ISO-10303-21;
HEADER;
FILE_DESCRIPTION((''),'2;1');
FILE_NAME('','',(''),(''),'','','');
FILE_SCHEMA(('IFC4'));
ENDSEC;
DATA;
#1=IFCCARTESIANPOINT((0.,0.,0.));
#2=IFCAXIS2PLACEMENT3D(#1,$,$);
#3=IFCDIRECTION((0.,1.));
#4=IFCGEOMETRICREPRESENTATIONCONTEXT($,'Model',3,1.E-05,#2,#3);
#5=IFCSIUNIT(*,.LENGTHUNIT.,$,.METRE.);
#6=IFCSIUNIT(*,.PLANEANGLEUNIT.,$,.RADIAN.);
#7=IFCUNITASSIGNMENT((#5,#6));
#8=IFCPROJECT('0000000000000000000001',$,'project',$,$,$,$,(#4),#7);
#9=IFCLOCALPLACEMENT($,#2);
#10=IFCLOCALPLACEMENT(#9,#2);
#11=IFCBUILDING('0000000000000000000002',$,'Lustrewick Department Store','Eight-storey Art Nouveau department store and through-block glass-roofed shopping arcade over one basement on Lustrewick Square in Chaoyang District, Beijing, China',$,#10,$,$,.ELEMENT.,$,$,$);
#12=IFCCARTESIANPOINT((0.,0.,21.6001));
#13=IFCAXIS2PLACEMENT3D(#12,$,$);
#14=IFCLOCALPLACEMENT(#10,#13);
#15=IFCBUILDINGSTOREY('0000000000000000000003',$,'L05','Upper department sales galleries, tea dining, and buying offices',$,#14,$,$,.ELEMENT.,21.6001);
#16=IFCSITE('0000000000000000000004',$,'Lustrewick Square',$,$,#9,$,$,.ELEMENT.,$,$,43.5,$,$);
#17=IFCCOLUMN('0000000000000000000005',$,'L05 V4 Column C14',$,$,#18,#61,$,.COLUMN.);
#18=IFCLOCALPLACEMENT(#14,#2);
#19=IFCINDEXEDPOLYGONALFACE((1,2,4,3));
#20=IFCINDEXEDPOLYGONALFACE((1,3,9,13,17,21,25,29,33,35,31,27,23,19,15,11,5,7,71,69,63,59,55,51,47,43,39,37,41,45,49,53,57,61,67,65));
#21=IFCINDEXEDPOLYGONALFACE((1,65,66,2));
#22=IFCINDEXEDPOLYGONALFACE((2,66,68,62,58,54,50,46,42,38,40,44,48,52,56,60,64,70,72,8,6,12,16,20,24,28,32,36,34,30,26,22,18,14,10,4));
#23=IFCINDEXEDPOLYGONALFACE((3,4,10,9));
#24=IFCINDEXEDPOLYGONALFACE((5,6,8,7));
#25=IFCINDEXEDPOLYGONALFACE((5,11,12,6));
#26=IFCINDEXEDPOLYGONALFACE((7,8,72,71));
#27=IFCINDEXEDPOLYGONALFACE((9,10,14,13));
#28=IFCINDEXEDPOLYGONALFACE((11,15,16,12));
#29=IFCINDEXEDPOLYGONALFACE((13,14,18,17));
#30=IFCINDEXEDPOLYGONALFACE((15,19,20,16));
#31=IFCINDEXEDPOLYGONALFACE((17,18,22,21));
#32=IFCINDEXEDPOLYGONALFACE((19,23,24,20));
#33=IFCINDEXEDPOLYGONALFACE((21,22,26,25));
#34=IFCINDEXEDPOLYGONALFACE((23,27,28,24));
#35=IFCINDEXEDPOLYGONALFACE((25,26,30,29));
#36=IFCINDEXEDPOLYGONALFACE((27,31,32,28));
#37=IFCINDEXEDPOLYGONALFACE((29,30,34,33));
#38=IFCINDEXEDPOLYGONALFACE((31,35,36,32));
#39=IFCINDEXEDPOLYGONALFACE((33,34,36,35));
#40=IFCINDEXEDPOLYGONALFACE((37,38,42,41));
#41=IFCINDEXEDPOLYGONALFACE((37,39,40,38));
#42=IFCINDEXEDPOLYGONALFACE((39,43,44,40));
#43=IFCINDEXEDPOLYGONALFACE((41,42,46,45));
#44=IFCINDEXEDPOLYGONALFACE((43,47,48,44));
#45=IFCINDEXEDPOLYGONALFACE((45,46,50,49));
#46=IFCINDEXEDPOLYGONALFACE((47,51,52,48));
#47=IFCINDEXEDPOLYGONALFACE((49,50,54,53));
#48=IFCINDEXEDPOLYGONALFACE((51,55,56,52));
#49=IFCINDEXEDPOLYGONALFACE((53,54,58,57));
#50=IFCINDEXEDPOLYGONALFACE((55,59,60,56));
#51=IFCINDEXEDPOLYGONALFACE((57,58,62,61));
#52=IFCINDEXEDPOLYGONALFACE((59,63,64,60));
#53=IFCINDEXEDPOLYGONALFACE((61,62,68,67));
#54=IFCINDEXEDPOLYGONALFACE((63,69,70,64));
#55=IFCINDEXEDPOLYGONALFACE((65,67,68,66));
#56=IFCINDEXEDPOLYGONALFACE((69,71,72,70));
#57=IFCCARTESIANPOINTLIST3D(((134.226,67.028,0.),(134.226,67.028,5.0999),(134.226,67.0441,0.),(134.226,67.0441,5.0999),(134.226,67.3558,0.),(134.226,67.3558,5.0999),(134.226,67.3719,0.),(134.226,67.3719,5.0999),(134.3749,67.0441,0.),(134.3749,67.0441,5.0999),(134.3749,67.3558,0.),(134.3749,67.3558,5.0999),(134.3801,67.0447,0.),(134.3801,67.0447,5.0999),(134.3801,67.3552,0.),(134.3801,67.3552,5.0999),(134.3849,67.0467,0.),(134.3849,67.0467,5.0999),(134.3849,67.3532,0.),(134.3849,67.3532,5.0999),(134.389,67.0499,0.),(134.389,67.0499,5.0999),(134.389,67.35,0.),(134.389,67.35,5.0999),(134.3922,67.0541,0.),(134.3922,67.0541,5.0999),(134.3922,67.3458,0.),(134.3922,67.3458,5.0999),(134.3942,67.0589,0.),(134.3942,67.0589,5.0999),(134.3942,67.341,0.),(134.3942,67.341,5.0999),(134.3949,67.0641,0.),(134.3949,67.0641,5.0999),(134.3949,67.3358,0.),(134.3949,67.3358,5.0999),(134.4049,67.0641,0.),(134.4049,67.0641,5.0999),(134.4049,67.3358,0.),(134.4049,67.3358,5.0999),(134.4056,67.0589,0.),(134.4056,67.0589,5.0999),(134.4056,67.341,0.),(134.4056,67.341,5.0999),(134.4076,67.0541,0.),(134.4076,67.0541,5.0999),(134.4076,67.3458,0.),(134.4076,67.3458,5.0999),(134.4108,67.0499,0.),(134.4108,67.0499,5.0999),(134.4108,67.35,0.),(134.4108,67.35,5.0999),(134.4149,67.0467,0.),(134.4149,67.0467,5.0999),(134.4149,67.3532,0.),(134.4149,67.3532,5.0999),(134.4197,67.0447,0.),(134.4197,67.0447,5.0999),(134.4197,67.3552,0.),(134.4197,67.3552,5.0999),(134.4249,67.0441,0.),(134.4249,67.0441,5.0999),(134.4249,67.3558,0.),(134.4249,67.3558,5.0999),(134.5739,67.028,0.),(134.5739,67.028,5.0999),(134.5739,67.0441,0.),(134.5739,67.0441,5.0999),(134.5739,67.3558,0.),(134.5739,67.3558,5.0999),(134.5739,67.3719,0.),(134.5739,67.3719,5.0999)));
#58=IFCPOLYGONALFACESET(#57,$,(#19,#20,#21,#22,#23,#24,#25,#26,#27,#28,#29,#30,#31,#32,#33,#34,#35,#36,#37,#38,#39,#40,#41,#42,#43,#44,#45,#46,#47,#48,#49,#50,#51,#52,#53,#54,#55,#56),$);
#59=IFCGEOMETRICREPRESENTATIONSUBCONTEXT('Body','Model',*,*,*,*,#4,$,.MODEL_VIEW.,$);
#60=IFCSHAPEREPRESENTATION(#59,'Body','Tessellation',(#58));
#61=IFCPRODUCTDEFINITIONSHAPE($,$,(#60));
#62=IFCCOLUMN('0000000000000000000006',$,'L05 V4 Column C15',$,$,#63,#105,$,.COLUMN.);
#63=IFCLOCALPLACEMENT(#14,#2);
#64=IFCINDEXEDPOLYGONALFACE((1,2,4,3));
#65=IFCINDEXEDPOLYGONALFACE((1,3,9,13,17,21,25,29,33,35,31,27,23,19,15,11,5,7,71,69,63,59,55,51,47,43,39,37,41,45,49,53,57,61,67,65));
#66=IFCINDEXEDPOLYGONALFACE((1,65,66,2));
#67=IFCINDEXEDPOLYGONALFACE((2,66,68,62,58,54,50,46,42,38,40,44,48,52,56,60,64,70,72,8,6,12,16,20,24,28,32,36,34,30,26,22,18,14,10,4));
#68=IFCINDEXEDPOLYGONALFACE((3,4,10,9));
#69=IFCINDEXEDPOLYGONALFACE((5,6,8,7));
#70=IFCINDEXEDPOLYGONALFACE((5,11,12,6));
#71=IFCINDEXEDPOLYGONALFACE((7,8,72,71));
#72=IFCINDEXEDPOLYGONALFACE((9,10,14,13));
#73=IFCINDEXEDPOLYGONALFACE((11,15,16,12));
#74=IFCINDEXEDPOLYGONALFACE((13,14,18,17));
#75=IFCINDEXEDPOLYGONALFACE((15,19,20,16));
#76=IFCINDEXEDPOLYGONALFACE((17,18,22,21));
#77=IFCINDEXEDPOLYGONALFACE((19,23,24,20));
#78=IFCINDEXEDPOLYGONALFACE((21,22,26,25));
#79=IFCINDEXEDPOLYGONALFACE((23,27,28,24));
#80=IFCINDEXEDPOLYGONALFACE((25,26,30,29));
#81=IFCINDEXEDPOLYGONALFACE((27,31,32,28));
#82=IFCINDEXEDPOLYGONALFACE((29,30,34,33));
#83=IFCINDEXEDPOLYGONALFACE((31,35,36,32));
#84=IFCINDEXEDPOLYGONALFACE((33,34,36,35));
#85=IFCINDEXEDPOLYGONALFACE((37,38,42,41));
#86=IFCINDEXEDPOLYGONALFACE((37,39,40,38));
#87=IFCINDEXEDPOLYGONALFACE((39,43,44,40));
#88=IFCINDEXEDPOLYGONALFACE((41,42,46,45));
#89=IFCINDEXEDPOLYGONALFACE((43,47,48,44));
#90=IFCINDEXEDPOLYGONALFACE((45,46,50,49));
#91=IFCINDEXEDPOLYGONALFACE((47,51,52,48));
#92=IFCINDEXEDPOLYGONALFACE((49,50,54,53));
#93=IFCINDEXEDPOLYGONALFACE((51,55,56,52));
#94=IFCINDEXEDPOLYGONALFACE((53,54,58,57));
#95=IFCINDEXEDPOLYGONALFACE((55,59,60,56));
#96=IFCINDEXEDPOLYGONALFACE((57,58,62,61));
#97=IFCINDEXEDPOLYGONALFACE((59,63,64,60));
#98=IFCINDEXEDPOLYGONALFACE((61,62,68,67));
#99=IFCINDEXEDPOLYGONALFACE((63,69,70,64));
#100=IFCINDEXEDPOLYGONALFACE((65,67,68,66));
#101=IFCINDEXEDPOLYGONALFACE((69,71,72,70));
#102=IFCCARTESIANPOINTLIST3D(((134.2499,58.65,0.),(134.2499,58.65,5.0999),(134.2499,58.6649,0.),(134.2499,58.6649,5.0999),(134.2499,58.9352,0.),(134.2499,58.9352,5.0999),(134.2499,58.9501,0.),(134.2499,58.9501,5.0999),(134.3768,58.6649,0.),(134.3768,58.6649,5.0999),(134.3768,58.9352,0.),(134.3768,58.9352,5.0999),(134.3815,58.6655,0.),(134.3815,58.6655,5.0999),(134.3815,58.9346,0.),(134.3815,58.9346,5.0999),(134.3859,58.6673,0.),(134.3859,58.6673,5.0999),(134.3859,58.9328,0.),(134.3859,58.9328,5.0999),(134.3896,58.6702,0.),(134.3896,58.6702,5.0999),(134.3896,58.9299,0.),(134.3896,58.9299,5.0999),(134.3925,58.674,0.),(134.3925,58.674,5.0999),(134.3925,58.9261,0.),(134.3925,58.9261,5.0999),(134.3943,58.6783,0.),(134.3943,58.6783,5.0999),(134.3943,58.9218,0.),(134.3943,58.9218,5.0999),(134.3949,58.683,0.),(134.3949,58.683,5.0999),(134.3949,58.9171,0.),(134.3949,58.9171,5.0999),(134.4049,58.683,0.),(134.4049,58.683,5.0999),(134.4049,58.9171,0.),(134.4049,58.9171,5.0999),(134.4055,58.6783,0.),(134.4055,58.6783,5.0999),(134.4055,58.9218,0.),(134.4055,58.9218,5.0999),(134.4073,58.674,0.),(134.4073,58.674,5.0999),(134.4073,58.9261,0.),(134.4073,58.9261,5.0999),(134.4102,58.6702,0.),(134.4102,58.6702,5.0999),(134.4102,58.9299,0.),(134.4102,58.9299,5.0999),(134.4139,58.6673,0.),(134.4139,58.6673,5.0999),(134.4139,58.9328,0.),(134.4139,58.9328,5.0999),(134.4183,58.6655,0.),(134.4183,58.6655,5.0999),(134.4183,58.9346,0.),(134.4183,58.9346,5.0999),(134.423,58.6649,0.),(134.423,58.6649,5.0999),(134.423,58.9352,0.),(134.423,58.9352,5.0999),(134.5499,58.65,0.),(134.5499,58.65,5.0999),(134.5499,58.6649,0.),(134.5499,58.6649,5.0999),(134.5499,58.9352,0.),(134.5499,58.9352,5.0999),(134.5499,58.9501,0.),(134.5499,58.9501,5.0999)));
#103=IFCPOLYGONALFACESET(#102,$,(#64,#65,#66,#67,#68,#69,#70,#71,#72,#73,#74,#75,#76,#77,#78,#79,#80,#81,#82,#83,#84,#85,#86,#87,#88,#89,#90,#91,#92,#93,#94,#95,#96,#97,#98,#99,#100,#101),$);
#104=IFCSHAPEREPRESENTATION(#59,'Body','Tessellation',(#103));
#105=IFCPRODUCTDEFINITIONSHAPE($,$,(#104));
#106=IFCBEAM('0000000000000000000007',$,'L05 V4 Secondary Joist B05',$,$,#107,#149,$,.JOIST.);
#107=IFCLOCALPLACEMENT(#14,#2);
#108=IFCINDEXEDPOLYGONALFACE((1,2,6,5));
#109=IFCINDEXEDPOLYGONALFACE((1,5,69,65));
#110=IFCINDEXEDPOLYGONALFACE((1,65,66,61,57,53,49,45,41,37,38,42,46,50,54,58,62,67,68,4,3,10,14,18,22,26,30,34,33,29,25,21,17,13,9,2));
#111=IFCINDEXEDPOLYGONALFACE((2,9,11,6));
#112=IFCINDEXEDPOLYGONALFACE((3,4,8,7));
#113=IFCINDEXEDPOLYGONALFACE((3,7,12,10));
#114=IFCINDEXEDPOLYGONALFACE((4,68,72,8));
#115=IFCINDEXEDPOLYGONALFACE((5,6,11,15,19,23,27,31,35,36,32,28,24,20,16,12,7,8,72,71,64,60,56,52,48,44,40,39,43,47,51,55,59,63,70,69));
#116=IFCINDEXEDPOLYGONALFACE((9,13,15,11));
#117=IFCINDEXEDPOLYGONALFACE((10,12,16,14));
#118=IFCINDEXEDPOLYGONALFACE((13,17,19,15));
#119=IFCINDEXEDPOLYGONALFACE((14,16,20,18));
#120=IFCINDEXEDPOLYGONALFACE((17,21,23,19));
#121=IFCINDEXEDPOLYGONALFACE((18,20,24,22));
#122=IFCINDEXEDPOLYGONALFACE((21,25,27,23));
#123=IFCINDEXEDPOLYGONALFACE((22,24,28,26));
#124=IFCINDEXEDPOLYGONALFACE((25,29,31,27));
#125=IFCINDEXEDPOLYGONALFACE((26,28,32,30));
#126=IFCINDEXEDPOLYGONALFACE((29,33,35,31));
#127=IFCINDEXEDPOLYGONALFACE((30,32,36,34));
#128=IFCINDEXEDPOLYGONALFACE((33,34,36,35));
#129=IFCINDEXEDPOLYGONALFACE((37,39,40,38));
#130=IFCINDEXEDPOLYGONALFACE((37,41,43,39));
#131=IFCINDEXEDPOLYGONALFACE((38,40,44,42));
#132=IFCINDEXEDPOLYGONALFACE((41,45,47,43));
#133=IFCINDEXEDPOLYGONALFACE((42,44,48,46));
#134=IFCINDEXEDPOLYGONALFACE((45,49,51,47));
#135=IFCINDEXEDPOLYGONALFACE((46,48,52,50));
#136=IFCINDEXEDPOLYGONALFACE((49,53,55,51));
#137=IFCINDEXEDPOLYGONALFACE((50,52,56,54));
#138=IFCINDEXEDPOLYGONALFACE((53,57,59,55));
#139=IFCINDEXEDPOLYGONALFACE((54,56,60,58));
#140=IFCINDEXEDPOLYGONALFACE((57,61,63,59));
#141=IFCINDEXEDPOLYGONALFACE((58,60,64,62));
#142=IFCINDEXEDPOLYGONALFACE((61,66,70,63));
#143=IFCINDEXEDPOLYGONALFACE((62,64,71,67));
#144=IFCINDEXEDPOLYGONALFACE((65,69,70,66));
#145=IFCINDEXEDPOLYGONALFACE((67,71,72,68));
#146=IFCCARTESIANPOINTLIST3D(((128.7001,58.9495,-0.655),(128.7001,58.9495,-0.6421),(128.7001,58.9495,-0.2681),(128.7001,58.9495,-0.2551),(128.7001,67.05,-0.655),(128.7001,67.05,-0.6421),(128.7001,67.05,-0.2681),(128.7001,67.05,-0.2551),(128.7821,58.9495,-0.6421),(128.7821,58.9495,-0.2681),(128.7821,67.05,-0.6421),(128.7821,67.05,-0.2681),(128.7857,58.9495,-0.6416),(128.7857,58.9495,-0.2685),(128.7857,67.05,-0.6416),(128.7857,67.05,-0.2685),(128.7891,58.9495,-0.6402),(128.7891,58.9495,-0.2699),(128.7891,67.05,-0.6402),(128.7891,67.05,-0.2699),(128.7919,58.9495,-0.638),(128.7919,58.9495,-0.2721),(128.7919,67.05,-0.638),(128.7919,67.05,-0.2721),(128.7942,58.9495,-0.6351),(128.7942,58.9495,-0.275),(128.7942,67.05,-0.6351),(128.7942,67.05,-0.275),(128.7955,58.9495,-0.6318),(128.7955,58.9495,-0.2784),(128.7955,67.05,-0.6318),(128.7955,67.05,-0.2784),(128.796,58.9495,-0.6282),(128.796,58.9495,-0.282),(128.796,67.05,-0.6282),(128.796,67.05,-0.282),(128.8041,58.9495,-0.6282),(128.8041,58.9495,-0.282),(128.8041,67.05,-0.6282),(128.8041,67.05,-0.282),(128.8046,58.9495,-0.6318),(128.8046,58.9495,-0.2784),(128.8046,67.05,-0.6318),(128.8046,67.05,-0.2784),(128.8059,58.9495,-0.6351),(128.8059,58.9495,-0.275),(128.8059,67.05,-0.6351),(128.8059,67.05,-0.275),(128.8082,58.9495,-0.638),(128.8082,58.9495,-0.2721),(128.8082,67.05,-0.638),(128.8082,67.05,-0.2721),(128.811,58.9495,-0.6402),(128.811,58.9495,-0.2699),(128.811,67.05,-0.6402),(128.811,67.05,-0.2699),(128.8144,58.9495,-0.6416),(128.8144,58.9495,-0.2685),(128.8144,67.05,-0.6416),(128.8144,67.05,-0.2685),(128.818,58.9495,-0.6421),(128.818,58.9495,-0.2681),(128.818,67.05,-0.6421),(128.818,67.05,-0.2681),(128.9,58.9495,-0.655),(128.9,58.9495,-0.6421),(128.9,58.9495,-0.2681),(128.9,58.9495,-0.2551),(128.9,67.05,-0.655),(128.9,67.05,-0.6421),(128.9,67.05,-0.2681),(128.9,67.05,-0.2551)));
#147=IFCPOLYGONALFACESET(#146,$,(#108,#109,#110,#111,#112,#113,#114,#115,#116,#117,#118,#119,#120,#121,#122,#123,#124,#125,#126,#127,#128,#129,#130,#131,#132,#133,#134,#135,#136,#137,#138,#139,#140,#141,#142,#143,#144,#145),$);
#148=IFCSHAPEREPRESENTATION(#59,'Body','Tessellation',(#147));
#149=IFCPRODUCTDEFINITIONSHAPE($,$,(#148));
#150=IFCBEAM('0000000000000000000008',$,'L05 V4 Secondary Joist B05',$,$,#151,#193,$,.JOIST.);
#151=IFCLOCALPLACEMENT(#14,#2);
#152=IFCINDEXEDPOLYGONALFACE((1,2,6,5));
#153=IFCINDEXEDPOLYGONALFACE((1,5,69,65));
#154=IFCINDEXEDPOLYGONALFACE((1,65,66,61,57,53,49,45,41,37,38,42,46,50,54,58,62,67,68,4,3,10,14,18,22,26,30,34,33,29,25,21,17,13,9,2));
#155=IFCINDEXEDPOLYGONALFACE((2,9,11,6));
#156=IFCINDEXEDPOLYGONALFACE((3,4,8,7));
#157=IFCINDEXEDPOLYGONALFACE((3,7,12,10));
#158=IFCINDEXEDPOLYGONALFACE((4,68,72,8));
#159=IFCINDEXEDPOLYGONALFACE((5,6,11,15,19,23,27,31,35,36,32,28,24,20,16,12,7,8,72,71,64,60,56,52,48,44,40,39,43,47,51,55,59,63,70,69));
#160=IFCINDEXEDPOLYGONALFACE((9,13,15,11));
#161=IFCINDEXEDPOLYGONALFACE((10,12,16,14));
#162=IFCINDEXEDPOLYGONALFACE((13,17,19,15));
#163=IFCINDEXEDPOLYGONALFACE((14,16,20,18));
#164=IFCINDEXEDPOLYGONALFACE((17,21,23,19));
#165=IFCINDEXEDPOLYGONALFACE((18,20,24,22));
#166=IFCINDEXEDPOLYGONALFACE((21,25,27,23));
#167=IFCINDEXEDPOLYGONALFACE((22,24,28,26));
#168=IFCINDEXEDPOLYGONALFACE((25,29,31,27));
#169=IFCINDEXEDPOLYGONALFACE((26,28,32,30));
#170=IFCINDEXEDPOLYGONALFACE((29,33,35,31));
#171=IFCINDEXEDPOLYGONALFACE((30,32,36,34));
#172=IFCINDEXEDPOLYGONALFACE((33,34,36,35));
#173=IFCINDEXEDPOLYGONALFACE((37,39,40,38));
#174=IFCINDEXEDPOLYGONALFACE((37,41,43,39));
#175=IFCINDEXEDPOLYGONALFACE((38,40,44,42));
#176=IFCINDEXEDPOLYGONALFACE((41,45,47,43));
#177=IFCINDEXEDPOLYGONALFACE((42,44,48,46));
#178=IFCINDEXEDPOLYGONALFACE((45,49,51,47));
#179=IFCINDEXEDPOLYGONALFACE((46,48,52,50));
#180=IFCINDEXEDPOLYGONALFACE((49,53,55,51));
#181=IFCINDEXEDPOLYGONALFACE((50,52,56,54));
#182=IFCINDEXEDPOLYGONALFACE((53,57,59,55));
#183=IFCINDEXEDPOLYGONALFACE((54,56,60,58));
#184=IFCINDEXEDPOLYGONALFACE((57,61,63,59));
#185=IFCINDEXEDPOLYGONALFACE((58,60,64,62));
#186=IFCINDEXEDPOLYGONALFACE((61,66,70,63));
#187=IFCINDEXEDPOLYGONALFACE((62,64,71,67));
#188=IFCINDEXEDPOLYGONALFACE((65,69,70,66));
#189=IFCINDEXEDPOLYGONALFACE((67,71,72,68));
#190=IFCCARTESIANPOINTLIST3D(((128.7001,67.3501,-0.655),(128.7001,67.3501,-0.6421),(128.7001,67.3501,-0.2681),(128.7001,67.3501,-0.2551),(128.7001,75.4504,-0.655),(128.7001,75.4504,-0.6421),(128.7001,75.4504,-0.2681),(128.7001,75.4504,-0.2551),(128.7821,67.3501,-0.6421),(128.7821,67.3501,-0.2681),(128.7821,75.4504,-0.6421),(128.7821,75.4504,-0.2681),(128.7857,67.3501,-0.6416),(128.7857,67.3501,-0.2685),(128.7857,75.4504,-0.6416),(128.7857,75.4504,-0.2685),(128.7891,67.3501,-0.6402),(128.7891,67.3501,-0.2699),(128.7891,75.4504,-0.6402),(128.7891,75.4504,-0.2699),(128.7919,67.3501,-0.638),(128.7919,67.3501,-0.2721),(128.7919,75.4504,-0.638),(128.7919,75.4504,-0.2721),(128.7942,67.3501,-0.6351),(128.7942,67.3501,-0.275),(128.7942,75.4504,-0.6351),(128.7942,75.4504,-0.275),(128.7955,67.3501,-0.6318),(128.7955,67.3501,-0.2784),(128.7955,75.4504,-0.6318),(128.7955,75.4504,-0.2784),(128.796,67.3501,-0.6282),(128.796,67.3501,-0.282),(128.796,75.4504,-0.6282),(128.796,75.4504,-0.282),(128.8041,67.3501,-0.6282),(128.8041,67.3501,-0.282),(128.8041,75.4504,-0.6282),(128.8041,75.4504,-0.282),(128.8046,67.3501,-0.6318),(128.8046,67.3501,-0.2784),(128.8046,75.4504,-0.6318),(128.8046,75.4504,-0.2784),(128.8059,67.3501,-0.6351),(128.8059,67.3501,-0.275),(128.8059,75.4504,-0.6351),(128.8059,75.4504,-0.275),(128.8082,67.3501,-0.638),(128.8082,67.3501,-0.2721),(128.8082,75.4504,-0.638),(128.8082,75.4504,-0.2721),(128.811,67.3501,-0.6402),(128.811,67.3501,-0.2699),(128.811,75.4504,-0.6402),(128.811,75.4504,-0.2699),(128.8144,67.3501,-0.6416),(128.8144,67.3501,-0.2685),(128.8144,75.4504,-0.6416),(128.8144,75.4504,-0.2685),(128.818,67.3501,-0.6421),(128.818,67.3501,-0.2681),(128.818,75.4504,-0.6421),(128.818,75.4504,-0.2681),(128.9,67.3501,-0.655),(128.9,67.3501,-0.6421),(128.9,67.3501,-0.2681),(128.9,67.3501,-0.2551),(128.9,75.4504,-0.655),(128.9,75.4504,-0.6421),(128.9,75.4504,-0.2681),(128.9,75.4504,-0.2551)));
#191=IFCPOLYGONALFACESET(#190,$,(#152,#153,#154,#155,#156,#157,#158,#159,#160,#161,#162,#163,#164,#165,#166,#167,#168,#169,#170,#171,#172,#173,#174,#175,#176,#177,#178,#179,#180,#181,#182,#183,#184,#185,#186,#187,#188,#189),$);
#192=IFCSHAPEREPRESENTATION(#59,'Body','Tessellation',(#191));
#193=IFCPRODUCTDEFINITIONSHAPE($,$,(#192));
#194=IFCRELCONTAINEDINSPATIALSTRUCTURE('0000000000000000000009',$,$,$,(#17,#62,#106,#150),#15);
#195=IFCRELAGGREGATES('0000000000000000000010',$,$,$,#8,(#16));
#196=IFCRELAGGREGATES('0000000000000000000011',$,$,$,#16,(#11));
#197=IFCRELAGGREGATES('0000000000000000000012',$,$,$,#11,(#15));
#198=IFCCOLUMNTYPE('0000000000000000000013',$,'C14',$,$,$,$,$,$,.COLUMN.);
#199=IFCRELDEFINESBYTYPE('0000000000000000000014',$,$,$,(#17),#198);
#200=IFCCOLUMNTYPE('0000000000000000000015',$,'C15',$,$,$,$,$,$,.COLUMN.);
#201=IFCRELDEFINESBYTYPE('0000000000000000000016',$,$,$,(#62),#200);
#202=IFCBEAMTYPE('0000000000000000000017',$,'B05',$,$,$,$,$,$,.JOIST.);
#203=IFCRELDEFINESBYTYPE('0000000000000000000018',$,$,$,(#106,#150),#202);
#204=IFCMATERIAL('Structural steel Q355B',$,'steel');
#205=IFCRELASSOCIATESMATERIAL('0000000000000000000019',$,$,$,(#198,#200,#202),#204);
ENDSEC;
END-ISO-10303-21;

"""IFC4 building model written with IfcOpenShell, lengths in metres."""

from ifc_helpers import new_model, si_unit, direction, frame, origin, origin_2d, place, context, subcontext, project, spatial, i_section, extrude, material, material_profile, profile_set, type_object, element, save


model = new_model("IFC4")

# Units and contexts
model_context = context("Model", 3, precision=1e-05, world=origin(), true_north=direction((0.0, 1.0)))
body_context = subcontext(model_context, "Body", "Model", "MODEL_VIEW")
ifc_project = project(units=[si_unit("LENGTHUNIT", "METRE"), si_unit("PLANEANGLEUNIT", "RADIAN")], contexts=[model_context])

# Site, building, storey
site_placement = place(None, origin())
site = spatial("IfcSite", under=ifc_project, at=site_placement, Name="Lustrewick Square", CompositionType="ELEMENT", RefElevation=43.5)
building_placement = place(site_placement, origin())
building = spatial("IfcBuilding", under=site, at=building_placement, Name="Lustrewick Department Store", Description="Eight-storey Art Nouveau department store and through-block glass-roofed shopping arcade over one basement on Lustrewick Square in Chaoyang District, Beijing, China", CompositionType="ELEMENT")
storey_placement = place(building_placement, frame((0.0, 0.0, 21.6001)))
storey = spatial("IfcBuildingStorey", under=building, at=storey_placement, Name="L05", Description="Upper department sales galleries, tea dining, and buying offices", CompositionType="ELEMENT", Elevation=21.6001)

# Columns
ifc_material_1 = material(Name="Structural steel Q355B", Category="steel")
ifc_material_profile_1 = material_profile(ifc_material_1, i_section(OverallWidth=0.3479, OverallDepth=0.344, WebThickness=0.01, FlangeThickness=0.0161, FilletRadius=0.02, at=origin_2d()), Name="HW 344x348x10x16")
ifc_profile_set_1 = profile_set([ifc_material_profile_1], Name="Structural steel Q355B")
column_type_1 = type_object("IfcColumnType", Name="C14", PredefinedType="COLUMN", material=ifc_profile_set_1)
column_1_placement = place(storey_placement, frame((134.3999, 67.2, 0.0), z_axis=(0.0, 0.0, 1.0), x_axis=(1.0, 0.0, 0.0)))
element("IfcColumn", 1, at=column_1_placement, inside=storey, type_object=column_type_1, Name="L05 V4 Column C14", PredefinedType="COLUMN", context=body_context, shape_type="SweptSolid", body=[
    extrude(i_section(OverallWidth=0.3479, OverallDepth=0.344, WebThickness=0.01, FlangeThickness=0.0161, FilletRadius=0.02, at=origin_2d()), origin(), (0.0, 0.0, 1.0), 5.0999),
])
ifc_material_profile_2 = material_profile(ifc_material_1, i_section(OverallWidth=0.3, OverallDepth=0.3, WebThickness=0.01, FlangeThickness=0.0149, FilletRadius=0.0181, at=origin_2d()), Name="HW 300x300x10x15")
ifc_profile_set_2 = profile_set([ifc_material_profile_2], Name="Structural steel Q355B")
column_type_2 = type_object("IfcColumnType", Name="C15", PredefinedType="COLUMN", material=ifc_profile_set_2)
column_2_placement = place(storey_placement, frame((134.3999, 58.8, 0.0), z_axis=(0.0, 0.0, 1.0), x_axis=(1.0, 0.0, 0.0)))
element("IfcColumn", 2, at=column_2_placement, inside=storey, type_object=column_type_2, Name="L05 V4 Column C15", PredefinedType="COLUMN", context=body_context, shape_type="SweptSolid", body=[
    extrude(i_section(OverallWidth=0.3, OverallDepth=0.3, WebThickness=0.01, FlangeThickness=0.0149, FilletRadius=0.0181, at=origin_2d()), origin(), (0.0, 0.0, 1.0), 5.0999),
])

# Beams
ifc_material_profile_3 = material_profile(ifc_material_1, i_section(OverallWidth=0.2, OverallDepth=0.3999, WebThickness=0.0081, FlangeThickness=0.0129, FilletRadius=0.0139, at=origin_2d()), Name="HN 400x200x8x13")
ifc_profile_set_3 = profile_set([ifc_material_profile_3], Name="Structural steel Q355B")
beam_type_1 = type_object("IfcBeamType", Name="B05", PredefinedType="JOIST", material=ifc_profile_set_3)
beam_1_placement = place(storey_placement, frame((128.8, 58.9495, -0.4551), z_axis=(0.0, 1.0, 0.0), x_axis=(-1.0, 0.0, 0.0)))
element("IfcBeam", 3, at=beam_1_placement, inside=storey, type_object=beam_type_1, Name="L05 V4 Secondary Joist B05", PredefinedType="JOIST", context=body_context, shape_type="SweptSolid", body=[
    extrude(i_section(OverallWidth=0.2, OverallDepth=0.3999, WebThickness=0.0081, FlangeThickness=0.0129, FilletRadius=0.0139, at=origin_2d()), origin(), (0.0, 0.0, 1.0), 8.1006),
])
beam_2_placement = place(storey_placement, frame((128.8, 67.3501, -0.4551), z_axis=(0.0, 1.0, 0.0), x_axis=(-1.0, 0.0, 0.0)))
element("IfcBeam", 4, at=beam_2_placement, inside=storey, type_object=beam_type_1, Name="L05 V4 Secondary Joist B05", PredefinedType="JOIST", context=body_context, shape_type="SweptSolid", body=[
    extrude(i_section(OverallWidth=0.2, OverallDepth=0.3999, WebThickness=0.0081, FlangeThickness=0.0129, FilletRadius=0.0139, at=origin_2d()), origin(), (0.0, 0.0, 1.0), 8.1003),
])

save(model, "model.ifc")
